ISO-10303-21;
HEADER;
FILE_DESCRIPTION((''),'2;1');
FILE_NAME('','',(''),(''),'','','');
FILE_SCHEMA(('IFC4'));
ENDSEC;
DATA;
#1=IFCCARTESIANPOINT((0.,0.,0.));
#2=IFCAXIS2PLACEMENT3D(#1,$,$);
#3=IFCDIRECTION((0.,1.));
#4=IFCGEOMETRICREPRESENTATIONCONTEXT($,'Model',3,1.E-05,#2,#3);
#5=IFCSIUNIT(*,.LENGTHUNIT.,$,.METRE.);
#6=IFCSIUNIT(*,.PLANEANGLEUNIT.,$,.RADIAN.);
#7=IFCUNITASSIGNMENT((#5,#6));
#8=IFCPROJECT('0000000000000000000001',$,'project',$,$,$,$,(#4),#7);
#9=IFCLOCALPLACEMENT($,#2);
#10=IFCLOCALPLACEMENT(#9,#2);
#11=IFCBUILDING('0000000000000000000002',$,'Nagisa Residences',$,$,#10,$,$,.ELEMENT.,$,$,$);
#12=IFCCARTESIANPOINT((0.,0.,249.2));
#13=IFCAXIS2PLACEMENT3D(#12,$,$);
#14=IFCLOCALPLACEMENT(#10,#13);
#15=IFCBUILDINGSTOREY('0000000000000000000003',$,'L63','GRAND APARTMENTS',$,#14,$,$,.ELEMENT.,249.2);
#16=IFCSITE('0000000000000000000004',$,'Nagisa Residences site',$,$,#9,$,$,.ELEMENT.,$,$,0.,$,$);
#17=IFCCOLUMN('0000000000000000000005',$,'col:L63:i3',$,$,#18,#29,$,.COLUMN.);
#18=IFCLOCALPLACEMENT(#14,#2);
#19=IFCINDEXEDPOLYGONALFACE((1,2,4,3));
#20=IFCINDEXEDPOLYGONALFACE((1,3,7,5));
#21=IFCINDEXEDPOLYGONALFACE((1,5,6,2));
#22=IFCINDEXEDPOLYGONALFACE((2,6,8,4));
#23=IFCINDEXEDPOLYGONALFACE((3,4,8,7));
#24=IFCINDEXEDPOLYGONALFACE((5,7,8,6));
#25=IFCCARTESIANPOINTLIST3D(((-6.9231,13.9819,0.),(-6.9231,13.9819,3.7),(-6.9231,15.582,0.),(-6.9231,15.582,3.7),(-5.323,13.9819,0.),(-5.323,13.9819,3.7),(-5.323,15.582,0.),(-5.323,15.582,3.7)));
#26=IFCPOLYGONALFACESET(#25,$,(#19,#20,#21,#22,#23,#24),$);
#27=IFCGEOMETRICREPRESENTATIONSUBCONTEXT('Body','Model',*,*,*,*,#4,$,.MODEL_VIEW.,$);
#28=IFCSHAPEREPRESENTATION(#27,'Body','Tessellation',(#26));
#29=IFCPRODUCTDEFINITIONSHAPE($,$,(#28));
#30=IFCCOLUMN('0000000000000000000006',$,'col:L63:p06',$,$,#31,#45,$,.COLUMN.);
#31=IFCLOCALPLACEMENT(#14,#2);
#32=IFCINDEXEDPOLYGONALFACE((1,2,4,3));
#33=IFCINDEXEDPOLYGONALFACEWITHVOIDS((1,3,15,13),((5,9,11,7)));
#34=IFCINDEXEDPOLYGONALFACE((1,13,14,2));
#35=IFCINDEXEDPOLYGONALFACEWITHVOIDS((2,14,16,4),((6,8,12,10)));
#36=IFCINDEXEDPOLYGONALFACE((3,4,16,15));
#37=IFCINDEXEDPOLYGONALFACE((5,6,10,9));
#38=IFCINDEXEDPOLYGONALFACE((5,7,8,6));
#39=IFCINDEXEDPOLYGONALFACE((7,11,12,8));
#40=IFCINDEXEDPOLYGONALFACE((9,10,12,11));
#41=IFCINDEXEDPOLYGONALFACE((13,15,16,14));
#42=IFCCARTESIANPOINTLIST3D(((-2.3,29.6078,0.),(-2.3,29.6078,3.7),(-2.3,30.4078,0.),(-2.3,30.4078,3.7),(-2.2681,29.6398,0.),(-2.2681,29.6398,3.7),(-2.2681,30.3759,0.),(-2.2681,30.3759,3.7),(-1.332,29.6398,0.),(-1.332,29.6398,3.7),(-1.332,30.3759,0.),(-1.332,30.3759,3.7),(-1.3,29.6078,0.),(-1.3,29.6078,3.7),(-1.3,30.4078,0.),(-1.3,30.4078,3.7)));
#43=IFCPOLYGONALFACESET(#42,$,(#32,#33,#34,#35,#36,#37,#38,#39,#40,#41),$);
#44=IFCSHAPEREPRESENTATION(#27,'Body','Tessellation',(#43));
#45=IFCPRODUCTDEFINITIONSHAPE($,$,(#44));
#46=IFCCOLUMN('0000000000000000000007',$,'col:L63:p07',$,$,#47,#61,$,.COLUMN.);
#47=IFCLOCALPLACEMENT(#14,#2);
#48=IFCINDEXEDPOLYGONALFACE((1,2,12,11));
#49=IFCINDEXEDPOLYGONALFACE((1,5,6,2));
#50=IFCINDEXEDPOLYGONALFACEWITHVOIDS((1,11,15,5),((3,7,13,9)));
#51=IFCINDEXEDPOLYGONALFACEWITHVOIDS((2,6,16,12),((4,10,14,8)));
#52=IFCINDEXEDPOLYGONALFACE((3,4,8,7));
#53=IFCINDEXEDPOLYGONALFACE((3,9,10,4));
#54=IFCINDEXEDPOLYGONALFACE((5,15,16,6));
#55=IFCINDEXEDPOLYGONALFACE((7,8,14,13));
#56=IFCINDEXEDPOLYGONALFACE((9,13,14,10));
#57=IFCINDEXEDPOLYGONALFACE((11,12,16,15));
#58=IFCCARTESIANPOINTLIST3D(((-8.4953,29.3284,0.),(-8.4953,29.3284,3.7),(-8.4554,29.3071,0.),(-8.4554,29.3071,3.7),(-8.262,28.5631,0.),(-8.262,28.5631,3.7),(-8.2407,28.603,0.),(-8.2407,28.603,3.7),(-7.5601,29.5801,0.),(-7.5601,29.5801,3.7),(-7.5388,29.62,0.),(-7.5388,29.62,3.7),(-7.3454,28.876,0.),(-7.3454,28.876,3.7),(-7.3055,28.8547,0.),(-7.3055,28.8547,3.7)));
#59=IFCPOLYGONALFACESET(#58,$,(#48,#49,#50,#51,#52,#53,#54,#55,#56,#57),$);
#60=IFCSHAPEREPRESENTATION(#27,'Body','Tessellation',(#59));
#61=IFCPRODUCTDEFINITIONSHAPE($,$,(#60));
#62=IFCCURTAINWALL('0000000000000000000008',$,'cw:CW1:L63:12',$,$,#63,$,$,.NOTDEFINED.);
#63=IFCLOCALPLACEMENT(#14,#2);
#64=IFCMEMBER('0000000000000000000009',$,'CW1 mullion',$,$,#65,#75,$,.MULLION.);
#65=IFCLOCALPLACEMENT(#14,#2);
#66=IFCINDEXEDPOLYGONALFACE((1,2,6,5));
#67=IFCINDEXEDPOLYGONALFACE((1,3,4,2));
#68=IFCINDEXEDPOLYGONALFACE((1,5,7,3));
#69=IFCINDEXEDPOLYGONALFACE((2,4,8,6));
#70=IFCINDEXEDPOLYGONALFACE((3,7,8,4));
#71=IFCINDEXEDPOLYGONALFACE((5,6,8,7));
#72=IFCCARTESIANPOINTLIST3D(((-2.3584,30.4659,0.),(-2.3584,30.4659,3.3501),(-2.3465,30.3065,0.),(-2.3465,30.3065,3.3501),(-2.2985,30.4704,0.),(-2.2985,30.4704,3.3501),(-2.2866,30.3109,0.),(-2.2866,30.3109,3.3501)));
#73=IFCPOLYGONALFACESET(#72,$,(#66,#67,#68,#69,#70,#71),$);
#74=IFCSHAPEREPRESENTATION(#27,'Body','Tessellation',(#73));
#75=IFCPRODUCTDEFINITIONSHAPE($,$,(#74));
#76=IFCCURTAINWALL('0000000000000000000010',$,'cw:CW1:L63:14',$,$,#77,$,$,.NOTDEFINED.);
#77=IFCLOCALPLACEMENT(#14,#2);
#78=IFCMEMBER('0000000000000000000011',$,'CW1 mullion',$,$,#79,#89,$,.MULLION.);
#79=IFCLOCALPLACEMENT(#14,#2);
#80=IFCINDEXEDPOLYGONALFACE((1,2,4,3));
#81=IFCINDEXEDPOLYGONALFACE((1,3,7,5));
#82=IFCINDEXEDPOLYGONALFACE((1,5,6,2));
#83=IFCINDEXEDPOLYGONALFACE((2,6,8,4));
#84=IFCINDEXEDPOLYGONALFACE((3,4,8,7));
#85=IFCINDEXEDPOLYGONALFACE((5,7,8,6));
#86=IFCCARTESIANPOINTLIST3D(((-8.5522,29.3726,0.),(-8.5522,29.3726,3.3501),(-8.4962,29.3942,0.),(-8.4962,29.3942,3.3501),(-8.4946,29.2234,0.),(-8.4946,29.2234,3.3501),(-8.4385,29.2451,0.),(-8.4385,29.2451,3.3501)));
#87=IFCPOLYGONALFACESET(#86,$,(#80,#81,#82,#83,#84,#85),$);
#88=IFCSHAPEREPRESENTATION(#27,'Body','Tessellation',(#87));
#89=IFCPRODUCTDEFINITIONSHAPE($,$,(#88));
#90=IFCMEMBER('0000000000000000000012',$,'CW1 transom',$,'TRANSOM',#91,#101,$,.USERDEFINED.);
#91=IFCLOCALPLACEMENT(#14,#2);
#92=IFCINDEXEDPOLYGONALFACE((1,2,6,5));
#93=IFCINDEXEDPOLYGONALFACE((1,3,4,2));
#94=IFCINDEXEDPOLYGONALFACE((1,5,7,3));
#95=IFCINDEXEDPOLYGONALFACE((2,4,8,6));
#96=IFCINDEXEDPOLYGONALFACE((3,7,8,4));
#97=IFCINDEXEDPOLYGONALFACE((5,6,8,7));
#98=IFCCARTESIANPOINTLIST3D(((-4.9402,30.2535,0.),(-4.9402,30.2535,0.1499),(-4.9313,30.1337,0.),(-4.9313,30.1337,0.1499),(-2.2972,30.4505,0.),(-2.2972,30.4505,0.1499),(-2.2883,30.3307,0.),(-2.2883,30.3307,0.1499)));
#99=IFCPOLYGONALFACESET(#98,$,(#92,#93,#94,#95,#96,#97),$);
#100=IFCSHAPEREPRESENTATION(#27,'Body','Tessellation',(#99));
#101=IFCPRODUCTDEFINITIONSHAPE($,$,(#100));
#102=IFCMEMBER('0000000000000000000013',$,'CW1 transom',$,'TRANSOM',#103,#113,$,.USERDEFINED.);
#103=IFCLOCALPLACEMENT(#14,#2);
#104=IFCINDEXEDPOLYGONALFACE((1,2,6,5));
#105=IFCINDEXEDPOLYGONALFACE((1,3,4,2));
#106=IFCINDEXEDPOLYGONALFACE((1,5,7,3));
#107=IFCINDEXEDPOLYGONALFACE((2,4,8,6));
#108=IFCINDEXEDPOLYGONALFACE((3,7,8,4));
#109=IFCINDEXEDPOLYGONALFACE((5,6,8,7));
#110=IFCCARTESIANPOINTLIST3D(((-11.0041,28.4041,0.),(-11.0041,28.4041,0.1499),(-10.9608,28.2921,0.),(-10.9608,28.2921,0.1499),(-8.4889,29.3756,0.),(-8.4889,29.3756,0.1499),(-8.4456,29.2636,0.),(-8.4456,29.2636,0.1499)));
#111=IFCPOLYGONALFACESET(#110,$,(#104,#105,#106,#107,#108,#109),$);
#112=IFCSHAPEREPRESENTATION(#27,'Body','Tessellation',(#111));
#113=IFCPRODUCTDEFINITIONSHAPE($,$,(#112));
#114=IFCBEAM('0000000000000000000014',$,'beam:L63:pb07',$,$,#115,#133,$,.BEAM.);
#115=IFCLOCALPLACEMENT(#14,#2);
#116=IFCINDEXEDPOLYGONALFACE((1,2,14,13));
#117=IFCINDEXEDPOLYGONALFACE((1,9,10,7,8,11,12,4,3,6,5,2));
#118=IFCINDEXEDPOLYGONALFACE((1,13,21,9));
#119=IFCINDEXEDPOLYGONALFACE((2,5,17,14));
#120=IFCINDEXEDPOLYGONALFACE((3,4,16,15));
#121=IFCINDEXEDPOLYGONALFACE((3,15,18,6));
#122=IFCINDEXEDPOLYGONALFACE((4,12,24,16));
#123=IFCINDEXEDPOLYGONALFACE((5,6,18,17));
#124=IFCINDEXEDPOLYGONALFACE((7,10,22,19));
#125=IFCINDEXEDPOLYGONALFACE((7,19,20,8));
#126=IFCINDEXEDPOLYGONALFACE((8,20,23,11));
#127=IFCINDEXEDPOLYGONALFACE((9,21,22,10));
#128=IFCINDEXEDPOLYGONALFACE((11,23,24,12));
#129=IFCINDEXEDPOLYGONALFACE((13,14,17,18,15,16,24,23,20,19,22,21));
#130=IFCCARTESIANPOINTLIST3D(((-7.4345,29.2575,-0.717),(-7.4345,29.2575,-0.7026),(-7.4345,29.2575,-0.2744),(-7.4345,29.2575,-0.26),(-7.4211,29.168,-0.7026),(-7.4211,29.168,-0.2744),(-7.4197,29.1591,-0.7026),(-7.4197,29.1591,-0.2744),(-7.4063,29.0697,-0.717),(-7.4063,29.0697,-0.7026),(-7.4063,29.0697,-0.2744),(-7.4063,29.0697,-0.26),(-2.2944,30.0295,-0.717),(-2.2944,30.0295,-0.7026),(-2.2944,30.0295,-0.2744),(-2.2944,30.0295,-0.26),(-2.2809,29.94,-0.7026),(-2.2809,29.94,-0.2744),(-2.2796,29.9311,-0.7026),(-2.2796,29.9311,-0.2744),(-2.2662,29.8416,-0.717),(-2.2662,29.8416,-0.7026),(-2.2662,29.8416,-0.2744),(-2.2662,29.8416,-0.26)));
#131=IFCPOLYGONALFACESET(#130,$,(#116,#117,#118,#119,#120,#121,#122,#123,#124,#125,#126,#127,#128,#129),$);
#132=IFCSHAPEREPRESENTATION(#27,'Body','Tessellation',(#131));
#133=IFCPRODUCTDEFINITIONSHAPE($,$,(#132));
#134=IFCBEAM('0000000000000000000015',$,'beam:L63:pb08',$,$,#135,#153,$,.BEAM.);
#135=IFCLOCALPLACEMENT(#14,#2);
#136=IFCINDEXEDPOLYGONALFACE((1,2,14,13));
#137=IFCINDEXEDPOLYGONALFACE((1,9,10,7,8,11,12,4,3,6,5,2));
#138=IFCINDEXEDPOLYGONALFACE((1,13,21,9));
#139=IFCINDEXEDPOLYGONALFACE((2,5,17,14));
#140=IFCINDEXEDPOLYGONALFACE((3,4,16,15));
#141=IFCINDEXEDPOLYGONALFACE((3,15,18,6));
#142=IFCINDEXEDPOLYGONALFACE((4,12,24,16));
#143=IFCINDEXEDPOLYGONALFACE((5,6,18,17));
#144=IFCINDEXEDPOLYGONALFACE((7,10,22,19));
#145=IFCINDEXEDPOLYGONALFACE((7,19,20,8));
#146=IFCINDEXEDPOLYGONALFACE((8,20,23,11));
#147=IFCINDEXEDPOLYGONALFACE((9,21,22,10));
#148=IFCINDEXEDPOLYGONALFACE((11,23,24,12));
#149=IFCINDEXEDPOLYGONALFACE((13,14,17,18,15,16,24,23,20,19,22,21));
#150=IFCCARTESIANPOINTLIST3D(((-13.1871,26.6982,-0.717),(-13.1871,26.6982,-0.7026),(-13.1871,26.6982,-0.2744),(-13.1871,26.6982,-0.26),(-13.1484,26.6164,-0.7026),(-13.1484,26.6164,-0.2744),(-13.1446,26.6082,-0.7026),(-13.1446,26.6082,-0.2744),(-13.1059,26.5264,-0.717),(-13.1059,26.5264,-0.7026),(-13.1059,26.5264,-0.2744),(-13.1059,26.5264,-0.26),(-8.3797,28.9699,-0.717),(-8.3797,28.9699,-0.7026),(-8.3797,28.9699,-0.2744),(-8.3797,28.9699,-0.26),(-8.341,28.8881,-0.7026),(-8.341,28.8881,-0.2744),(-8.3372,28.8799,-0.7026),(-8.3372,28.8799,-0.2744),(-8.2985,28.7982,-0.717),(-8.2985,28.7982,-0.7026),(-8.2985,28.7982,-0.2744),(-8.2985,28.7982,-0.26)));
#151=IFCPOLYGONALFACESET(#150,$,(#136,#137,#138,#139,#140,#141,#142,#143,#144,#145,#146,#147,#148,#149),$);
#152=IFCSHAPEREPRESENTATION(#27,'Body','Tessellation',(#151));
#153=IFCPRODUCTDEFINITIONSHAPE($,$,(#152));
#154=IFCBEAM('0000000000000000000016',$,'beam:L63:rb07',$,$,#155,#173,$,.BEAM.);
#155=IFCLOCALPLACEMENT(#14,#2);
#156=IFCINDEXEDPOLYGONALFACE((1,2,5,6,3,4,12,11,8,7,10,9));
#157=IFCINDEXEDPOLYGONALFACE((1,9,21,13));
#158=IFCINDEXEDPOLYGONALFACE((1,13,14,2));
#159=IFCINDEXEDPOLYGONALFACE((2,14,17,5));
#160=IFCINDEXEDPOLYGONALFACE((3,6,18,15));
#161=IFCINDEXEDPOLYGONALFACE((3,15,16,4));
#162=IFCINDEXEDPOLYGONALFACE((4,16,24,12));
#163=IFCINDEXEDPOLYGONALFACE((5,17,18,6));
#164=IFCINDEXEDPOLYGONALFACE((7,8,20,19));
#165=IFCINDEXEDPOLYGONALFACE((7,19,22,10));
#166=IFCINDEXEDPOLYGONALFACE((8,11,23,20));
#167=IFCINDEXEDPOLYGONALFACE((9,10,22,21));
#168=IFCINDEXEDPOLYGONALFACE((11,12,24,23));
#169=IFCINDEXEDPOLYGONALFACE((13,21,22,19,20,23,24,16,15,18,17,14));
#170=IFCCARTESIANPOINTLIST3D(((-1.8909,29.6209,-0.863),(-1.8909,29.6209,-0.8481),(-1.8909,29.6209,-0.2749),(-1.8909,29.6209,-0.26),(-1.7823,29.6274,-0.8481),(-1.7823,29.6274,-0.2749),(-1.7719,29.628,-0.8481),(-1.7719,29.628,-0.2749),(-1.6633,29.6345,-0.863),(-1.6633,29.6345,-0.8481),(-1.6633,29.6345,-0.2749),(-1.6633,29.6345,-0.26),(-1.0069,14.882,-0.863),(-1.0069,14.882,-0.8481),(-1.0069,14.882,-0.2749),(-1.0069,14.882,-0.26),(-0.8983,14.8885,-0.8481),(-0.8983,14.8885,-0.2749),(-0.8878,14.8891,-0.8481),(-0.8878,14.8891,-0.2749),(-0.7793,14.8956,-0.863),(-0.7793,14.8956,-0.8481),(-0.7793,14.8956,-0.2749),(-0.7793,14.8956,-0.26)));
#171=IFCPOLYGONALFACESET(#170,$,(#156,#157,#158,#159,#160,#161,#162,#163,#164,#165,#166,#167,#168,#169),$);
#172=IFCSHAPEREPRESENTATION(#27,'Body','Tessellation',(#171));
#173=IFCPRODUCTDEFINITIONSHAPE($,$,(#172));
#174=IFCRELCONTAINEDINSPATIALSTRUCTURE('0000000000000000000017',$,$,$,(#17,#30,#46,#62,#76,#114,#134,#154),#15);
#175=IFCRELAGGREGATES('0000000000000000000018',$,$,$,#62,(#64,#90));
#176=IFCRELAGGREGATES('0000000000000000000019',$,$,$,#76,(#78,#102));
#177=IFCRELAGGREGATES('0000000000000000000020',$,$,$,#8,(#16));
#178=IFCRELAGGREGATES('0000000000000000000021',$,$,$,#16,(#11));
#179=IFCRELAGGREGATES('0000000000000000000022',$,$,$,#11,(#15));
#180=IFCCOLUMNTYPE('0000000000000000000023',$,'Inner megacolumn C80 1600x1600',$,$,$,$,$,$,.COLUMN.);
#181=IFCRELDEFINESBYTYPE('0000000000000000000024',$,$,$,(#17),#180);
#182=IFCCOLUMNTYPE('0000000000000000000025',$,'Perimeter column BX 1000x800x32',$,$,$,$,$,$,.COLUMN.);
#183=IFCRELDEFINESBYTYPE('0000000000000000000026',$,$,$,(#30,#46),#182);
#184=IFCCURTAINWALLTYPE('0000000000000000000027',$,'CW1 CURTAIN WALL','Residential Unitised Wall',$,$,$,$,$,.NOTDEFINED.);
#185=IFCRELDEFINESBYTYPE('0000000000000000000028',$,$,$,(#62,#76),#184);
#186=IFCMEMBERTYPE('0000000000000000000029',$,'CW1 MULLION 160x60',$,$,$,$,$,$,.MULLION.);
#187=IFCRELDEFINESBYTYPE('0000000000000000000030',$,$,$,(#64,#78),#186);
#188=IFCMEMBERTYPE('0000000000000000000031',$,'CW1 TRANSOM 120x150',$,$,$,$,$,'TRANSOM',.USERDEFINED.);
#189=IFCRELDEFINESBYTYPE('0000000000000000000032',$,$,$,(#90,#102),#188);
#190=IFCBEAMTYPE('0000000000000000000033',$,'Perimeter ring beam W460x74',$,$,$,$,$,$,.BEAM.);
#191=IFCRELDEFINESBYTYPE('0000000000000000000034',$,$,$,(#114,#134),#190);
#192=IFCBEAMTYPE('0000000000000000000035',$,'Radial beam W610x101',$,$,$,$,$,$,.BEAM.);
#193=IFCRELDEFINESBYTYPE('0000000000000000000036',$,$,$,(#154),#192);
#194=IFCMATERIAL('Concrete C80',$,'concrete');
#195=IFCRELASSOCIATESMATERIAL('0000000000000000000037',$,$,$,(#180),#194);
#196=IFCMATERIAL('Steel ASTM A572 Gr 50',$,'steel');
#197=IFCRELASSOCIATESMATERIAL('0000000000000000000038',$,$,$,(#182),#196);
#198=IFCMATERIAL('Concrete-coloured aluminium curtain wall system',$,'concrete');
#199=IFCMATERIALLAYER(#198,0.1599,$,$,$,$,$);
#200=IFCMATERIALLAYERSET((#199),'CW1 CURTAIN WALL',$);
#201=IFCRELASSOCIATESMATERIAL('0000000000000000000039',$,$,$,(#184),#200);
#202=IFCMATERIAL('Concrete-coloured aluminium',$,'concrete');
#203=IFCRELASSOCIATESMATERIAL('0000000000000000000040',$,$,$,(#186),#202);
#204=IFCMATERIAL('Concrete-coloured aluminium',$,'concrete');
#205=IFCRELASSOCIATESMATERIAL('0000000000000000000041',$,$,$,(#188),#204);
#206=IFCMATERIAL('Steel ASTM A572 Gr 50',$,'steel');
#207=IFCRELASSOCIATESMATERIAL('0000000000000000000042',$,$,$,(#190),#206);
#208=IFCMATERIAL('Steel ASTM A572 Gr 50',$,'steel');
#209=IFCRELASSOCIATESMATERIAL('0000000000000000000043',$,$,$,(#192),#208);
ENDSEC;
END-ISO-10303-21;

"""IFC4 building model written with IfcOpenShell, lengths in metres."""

from ifc_helpers import new_model, si_unit, direction, frame, origin, origin_2d, place, context, subcontext, project, spatial, rectangle, hollow_rectangle, i_section, extrude, material, layer, layer_set, material_profile, profile_set, type_object, element, aggregate, save


model = new_model("IFC4")

# Units and contexts
model_context = context("Model", 3, precision=1e-05, world=origin(), true_north=direction((0.0, 1.0)))
body_context = subcontext(model_context, "Body", "Model", "MODEL_VIEW")
ifc_project = project(units=[si_unit("LENGTHUNIT", "METRE"), si_unit("PLANEANGLEUNIT", "RADIAN")], contexts=[model_context])

# Site, building, storey
site_placement = place(None, origin())
site = spatial("IfcSite", under=ifc_project, at=site_placement, Name="Nagisa Residences site", CompositionType="ELEMENT", RefElevation=0.0)
building_placement = place(site_placement, origin())
building = spatial("IfcBuilding", under=site, at=building_placement, Name="Nagisa Residences", CompositionType="ELEMENT")
storey_placement = place(building_placement, frame((0.0, 0.0, 249.2)))
storey = spatial("IfcBuildingStorey", under=building, at=storey_placement, Name="L63", Description="GRAND APARTMENTS", CompositionType="ELEMENT", Elevation=249.2)

# Columns
ifc_material_1 = material(Name="Concrete C80", Category="concrete")
ifc_material_profile_1 = material_profile(ifc_material_1, rectangle(XDim=1.6001, YDim=1.6001, at=origin_2d()), Name="C80 1600x1600")
ifc_profile_set_1 = profile_set([ifc_material_profile_1], Name="Concrete C80")
column_type_1 = type_object("IfcColumnType", Name="Inner megacolumn C80 1600x1600", PredefinedType="COLUMN", material=ifc_profile_set_1)
column_placement = place(storey_placement, frame((-6.123, 14.782, 0.0), z_axis=(0.0, 0.0, 1.0), x_axis=(1.0, 0.0, 0.0)))
element("IfcColumn", 1, at=column_placement, inside=storey, type_object=column_type_1, Name="col:L63:i3", PredefinedType="COLUMN", context=body_context, shape_type="SweptSolid", body=[
    extrude(rectangle(XDim=1.6001, YDim=1.6001, at=origin_2d()), origin(), (0.0, 0.0, 1.0), 3.7),
])
ifc_material_2 = material(Name="Steel ASTM A572 Gr 50", Category="steel")
ifc_material_profile_2 = material_profile(ifc_material_2, hollow_rectangle(XDim=1.0, YDim=0.8, WallThickness=0.032, at=origin_2d()), Name="BX 1000x800x32")
ifc_profile_set_2 = profile_set([ifc_material_profile_2], Name="Steel ASTM A572 Gr 50")
column_type_2 = type_object("IfcColumnType", Name="Perimeter column BX 1000x800x32", PredefinedType="COLUMN", material=ifc_profile_set_2)
for number, where, z_axis, x_axis, name in (
    (2, (-1.8, 30.0078, 0.0), (0.0, 0.0, 1.0), (-1.0, 0.0, 0.0), "col:L63:p06"),
    (3, (-7.9004, 29.0916, 0.0), (0.0, 0.0, 1.0), (-0.956525, -0.291652, 0.0), "col:L63:p07"),
):
    element("IfcColumn", number, at=place(storey_placement, frame(where, z_axis=z_axis, x_axis=x_axis)), inside=storey, type_object=column_type_2, Name=name, PredefinedType="COLUMN", context=body_context, shape_type="SweptSolid", body=[
        extrude(hollow_rectangle(XDim=1.0, YDim=0.8, WallThickness=0.032, at=origin_2d()), origin(), (0.0, 0.0, 1.0), 3.7),
    ])

# Curtain walls, members
ifc_material_3 = material(Name="Concrete-coloured aluminium curtain wall system", Category="concrete")
ifc_layer_1 = layer(ifc_material_3, 0.1599)
ifc_layer_set_1 = layer_set([ifc_layer_1], Name="CW1 CURTAIN WALL")
curtain_wall_type = type_object("IfcCurtainWallType", Name="CW1 CURTAIN WALL", Description="Residential Unitised Wall", PredefinedType="NOTDEFINED", material=ifc_layer_set_1)
curtain_wall_1_placement = place(storey_placement, origin())
curtain_wall_1 = element("IfcCurtainWall", 4, at=curtain_wall_1_placement, inside=storey, type_object=curtain_wall_type, Name="cw:CW1:L63:12", PredefinedType="NOTDEFINED")
ifc_material_4 = material(Name="Concrete-coloured aluminium", Category="concrete")
ifc_material_profile_3 = material_profile(ifc_material_4, rectangle(XDim=0.1599, YDim=0.0601, at=origin_2d()), Name="CW1 MULLION 160x60")
ifc_profile_set_3 = profile_set([ifc_material_profile_3], Name="Concrete-coloured aluminium")
member_type_1 = type_object("IfcMemberType", Name="CW1 MULLION 160x60", PredefinedType="MULLION", material=ifc_profile_set_3)
member_1_placement = place(storey_placement, frame((-2.3225, 30.3884, 0.0), z_axis=(0.0, 0.0, 1.0), x_axis=(0.074377, -0.99723, 0.0)))
member_1 = element("IfcMember", 5, at=member_1_placement, type_object=member_type_1, Name="CW1 mullion", PredefinedType="MULLION", context=body_context, shape_type="SweptSolid", body=[
    extrude(rectangle(XDim=0.1599, YDim=0.0601, at=origin_2d()), origin(), (0.0, 0.0, 1.0), 3.3501),
])
curtain_wall_2_placement = place(storey_placement, origin())
curtain_wall_2 = element("IfcCurtainWall", 6, at=curtain_wall_2_placement, inside=storey, type_object=curtain_wall_type, Name="cw:CW1:L63:14", PredefinedType="NOTDEFINED")
member_2_placement = place(storey_placement, frame((-8.4954, 29.3088, 0.0), z_axis=(0.0, 0.0, 1.0), x_axis=(0.360328, -0.932826, 0.0)))
member_2 = element("IfcMember", 7, at=member_2_placement, type_object=member_type_1, Name="CW1 mullion", PredefinedType="MULLION", context=body_context, shape_type="SweptSolid", body=[
    extrude(rectangle(XDim=0.1599, YDim=0.0601, at=origin_2d()), origin(), (0.0, 0.0, 1.0), 3.3501),
])

# Members
ifc_material_5 = material(Name="Concrete-coloured aluminium", Category="concrete")
ifc_material_profile_4 = material_profile(ifc_material_5, rectangle(XDim=0.1201, YDim=0.1499, at=origin_2d()), Name="CW1 TRANSOM 120x150")
ifc_profile_set_4 = profile_set([ifc_material_profile_4], Name="Concrete-coloured aluminium")
member_type_2 = type_object("IfcMemberType", Name="CW1 TRANSOM 120x150", ElementType="TRANSOM", PredefinedType="USERDEFINED", material=ifc_profile_set_4)
member_3_placement = place(storey_placement, frame((-2.2927, 30.3906, 0.075), z_axis=(-0.997233, -0.074337, 0.0), x_axis=(0.074337, -0.997233, 0.0)))
member_3 = element("IfcMember", 8, at=member_3_placement, type_object=member_type_2, Name="CW1 transom", ObjectType="TRANSOM", PredefinedType="USERDEFINED", context=body_context, shape_type="SweptSolid", body=[
    extrude(rectangle(XDim=0.1201, YDim=0.1499, at=origin_2d()), origin(), (0.0, 0.0, 1.0), 2.6504),
])
member_4_placement = place(storey_placement, frame((-8.4673, 29.3196, 0.075), z_axis=(-0.932838, -0.360295, 0.0), x_axis=(0.360295, -0.932838, 0.0)))
member_4 = element("IfcMember", 9, at=member_4_placement, type_object=member_type_2, Name="CW1 transom", ObjectType="TRANSOM", PredefinedType="USERDEFINED", context=body_context, shape_type="SweptSolid", body=[
    extrude(rectangle(XDim=0.1201, YDim=0.1499, at=origin_2d()), origin(), (0.0, 0.0, 1.0), 2.6963),
])

# Beams
ifc_material_6 = material(Name="Steel ASTM A572 Gr 50", Category="steel")
ifc_material_profile_5 = material_profile(ifc_material_6, i_section(OverallWidth=0.1899, OverallDepth=0.457, WebThickness=0.009, FlangeThickness=0.0144, at=origin_2d()), Name="W460x74")
ifc_profile_set_5 = profile_set([ifc_material_profile_5], Name="Steel ASTM A572 Gr 50")
beam_type_1 = type_object("IfcBeamType", Name="Perimeter ring beam W460x74", PredefinedType="BEAM", material=ifc_profile_set_5)
beam_1_placement = place(storey_placement, frame((-2.2803, 29.9355, -0.4885), z_axis=(-0.988909, -0.14852, 0.0), x_axis=(0.14852, -0.988909, 0.0)))
element("IfcBeam", 10, at=beam_1_placement, inside=storey, type_object=beam_type_1, Name="beam:L63:pb07", PredefinedType="BEAM", context=body_context, shape_type="SweptSolid", body=[
    extrude(i_section(OverallWidth=0.1899, OverallDepth=0.457, WebThickness=0.009, FlangeThickness=0.0144, at=origin_2d()), origin(), (0.0, 0.0, 1.0), 5.1978),
])
beam_2_placement = place(storey_placement, frame((-8.3391, 28.884, -0.4885), z_axis=(-0.904134, -0.427249, 0.0), x_axis=(0.427249, -0.904134, 0.0)))
element("IfcBeam", 11, at=beam_2_placement, inside=storey, type_object=beam_type_1, Name="beam:L63:pb08", PredefinedType="BEAM", context=body_context, shape_type="SweptSolid", body=[
    extrude(i_section(OverallWidth=0.1899, OverallDepth=0.457, WebThickness=0.009, FlangeThickness=0.0144, at=origin_2d()), origin(), (0.0, 0.0, 1.0), 5.3171),
])
ifc_material_7 = material(Name="Steel ASTM A572 Gr 50", Category="steel")
ifc_material_profile_6 = material_profile(ifc_material_7, i_section(OverallWidth=0.228, OverallDepth=0.603, WebThickness=0.0105, FlangeThickness=0.0149, at=origin_2d()), Name="W610x101")
ifc_profile_set_6 = profile_set([ifc_material_profile_6], Name="Steel ASTM A572 Gr 50")
beam_type_2 = type_object("IfcBeamType", Name="Radial beam W610x101", PredefinedType="BEAM", material=ifc_profile_set_6)
beam_3_placement = place(storey_placement, frame((-1.7771, 29.6277, -0.5615), z_axis=(0.059872, -0.998206, 0.0), x_axis=(0.998206, 0.059872, 0.0)))
element("IfcBeam", 12, at=beam_3_placement, inside=storey, type_object=beam_type_2, Name="beam:L63:rb07", PredefinedType="BEAM", context=body_context, shape_type="SweptSolid", body=[
    extrude(i_section(OverallWidth=0.228, OverallDepth=0.603, WebThickness=0.0105, FlangeThickness=0.0149, at=origin_2d()), origin(), (0.0, 0.0, 1.0), 14.7654),
])

aggregate(curtain_wall_1, [member_1, member_3])
aggregate(curtain_wall_2, [member_2, member_4])

save(model, "model.ifc")
